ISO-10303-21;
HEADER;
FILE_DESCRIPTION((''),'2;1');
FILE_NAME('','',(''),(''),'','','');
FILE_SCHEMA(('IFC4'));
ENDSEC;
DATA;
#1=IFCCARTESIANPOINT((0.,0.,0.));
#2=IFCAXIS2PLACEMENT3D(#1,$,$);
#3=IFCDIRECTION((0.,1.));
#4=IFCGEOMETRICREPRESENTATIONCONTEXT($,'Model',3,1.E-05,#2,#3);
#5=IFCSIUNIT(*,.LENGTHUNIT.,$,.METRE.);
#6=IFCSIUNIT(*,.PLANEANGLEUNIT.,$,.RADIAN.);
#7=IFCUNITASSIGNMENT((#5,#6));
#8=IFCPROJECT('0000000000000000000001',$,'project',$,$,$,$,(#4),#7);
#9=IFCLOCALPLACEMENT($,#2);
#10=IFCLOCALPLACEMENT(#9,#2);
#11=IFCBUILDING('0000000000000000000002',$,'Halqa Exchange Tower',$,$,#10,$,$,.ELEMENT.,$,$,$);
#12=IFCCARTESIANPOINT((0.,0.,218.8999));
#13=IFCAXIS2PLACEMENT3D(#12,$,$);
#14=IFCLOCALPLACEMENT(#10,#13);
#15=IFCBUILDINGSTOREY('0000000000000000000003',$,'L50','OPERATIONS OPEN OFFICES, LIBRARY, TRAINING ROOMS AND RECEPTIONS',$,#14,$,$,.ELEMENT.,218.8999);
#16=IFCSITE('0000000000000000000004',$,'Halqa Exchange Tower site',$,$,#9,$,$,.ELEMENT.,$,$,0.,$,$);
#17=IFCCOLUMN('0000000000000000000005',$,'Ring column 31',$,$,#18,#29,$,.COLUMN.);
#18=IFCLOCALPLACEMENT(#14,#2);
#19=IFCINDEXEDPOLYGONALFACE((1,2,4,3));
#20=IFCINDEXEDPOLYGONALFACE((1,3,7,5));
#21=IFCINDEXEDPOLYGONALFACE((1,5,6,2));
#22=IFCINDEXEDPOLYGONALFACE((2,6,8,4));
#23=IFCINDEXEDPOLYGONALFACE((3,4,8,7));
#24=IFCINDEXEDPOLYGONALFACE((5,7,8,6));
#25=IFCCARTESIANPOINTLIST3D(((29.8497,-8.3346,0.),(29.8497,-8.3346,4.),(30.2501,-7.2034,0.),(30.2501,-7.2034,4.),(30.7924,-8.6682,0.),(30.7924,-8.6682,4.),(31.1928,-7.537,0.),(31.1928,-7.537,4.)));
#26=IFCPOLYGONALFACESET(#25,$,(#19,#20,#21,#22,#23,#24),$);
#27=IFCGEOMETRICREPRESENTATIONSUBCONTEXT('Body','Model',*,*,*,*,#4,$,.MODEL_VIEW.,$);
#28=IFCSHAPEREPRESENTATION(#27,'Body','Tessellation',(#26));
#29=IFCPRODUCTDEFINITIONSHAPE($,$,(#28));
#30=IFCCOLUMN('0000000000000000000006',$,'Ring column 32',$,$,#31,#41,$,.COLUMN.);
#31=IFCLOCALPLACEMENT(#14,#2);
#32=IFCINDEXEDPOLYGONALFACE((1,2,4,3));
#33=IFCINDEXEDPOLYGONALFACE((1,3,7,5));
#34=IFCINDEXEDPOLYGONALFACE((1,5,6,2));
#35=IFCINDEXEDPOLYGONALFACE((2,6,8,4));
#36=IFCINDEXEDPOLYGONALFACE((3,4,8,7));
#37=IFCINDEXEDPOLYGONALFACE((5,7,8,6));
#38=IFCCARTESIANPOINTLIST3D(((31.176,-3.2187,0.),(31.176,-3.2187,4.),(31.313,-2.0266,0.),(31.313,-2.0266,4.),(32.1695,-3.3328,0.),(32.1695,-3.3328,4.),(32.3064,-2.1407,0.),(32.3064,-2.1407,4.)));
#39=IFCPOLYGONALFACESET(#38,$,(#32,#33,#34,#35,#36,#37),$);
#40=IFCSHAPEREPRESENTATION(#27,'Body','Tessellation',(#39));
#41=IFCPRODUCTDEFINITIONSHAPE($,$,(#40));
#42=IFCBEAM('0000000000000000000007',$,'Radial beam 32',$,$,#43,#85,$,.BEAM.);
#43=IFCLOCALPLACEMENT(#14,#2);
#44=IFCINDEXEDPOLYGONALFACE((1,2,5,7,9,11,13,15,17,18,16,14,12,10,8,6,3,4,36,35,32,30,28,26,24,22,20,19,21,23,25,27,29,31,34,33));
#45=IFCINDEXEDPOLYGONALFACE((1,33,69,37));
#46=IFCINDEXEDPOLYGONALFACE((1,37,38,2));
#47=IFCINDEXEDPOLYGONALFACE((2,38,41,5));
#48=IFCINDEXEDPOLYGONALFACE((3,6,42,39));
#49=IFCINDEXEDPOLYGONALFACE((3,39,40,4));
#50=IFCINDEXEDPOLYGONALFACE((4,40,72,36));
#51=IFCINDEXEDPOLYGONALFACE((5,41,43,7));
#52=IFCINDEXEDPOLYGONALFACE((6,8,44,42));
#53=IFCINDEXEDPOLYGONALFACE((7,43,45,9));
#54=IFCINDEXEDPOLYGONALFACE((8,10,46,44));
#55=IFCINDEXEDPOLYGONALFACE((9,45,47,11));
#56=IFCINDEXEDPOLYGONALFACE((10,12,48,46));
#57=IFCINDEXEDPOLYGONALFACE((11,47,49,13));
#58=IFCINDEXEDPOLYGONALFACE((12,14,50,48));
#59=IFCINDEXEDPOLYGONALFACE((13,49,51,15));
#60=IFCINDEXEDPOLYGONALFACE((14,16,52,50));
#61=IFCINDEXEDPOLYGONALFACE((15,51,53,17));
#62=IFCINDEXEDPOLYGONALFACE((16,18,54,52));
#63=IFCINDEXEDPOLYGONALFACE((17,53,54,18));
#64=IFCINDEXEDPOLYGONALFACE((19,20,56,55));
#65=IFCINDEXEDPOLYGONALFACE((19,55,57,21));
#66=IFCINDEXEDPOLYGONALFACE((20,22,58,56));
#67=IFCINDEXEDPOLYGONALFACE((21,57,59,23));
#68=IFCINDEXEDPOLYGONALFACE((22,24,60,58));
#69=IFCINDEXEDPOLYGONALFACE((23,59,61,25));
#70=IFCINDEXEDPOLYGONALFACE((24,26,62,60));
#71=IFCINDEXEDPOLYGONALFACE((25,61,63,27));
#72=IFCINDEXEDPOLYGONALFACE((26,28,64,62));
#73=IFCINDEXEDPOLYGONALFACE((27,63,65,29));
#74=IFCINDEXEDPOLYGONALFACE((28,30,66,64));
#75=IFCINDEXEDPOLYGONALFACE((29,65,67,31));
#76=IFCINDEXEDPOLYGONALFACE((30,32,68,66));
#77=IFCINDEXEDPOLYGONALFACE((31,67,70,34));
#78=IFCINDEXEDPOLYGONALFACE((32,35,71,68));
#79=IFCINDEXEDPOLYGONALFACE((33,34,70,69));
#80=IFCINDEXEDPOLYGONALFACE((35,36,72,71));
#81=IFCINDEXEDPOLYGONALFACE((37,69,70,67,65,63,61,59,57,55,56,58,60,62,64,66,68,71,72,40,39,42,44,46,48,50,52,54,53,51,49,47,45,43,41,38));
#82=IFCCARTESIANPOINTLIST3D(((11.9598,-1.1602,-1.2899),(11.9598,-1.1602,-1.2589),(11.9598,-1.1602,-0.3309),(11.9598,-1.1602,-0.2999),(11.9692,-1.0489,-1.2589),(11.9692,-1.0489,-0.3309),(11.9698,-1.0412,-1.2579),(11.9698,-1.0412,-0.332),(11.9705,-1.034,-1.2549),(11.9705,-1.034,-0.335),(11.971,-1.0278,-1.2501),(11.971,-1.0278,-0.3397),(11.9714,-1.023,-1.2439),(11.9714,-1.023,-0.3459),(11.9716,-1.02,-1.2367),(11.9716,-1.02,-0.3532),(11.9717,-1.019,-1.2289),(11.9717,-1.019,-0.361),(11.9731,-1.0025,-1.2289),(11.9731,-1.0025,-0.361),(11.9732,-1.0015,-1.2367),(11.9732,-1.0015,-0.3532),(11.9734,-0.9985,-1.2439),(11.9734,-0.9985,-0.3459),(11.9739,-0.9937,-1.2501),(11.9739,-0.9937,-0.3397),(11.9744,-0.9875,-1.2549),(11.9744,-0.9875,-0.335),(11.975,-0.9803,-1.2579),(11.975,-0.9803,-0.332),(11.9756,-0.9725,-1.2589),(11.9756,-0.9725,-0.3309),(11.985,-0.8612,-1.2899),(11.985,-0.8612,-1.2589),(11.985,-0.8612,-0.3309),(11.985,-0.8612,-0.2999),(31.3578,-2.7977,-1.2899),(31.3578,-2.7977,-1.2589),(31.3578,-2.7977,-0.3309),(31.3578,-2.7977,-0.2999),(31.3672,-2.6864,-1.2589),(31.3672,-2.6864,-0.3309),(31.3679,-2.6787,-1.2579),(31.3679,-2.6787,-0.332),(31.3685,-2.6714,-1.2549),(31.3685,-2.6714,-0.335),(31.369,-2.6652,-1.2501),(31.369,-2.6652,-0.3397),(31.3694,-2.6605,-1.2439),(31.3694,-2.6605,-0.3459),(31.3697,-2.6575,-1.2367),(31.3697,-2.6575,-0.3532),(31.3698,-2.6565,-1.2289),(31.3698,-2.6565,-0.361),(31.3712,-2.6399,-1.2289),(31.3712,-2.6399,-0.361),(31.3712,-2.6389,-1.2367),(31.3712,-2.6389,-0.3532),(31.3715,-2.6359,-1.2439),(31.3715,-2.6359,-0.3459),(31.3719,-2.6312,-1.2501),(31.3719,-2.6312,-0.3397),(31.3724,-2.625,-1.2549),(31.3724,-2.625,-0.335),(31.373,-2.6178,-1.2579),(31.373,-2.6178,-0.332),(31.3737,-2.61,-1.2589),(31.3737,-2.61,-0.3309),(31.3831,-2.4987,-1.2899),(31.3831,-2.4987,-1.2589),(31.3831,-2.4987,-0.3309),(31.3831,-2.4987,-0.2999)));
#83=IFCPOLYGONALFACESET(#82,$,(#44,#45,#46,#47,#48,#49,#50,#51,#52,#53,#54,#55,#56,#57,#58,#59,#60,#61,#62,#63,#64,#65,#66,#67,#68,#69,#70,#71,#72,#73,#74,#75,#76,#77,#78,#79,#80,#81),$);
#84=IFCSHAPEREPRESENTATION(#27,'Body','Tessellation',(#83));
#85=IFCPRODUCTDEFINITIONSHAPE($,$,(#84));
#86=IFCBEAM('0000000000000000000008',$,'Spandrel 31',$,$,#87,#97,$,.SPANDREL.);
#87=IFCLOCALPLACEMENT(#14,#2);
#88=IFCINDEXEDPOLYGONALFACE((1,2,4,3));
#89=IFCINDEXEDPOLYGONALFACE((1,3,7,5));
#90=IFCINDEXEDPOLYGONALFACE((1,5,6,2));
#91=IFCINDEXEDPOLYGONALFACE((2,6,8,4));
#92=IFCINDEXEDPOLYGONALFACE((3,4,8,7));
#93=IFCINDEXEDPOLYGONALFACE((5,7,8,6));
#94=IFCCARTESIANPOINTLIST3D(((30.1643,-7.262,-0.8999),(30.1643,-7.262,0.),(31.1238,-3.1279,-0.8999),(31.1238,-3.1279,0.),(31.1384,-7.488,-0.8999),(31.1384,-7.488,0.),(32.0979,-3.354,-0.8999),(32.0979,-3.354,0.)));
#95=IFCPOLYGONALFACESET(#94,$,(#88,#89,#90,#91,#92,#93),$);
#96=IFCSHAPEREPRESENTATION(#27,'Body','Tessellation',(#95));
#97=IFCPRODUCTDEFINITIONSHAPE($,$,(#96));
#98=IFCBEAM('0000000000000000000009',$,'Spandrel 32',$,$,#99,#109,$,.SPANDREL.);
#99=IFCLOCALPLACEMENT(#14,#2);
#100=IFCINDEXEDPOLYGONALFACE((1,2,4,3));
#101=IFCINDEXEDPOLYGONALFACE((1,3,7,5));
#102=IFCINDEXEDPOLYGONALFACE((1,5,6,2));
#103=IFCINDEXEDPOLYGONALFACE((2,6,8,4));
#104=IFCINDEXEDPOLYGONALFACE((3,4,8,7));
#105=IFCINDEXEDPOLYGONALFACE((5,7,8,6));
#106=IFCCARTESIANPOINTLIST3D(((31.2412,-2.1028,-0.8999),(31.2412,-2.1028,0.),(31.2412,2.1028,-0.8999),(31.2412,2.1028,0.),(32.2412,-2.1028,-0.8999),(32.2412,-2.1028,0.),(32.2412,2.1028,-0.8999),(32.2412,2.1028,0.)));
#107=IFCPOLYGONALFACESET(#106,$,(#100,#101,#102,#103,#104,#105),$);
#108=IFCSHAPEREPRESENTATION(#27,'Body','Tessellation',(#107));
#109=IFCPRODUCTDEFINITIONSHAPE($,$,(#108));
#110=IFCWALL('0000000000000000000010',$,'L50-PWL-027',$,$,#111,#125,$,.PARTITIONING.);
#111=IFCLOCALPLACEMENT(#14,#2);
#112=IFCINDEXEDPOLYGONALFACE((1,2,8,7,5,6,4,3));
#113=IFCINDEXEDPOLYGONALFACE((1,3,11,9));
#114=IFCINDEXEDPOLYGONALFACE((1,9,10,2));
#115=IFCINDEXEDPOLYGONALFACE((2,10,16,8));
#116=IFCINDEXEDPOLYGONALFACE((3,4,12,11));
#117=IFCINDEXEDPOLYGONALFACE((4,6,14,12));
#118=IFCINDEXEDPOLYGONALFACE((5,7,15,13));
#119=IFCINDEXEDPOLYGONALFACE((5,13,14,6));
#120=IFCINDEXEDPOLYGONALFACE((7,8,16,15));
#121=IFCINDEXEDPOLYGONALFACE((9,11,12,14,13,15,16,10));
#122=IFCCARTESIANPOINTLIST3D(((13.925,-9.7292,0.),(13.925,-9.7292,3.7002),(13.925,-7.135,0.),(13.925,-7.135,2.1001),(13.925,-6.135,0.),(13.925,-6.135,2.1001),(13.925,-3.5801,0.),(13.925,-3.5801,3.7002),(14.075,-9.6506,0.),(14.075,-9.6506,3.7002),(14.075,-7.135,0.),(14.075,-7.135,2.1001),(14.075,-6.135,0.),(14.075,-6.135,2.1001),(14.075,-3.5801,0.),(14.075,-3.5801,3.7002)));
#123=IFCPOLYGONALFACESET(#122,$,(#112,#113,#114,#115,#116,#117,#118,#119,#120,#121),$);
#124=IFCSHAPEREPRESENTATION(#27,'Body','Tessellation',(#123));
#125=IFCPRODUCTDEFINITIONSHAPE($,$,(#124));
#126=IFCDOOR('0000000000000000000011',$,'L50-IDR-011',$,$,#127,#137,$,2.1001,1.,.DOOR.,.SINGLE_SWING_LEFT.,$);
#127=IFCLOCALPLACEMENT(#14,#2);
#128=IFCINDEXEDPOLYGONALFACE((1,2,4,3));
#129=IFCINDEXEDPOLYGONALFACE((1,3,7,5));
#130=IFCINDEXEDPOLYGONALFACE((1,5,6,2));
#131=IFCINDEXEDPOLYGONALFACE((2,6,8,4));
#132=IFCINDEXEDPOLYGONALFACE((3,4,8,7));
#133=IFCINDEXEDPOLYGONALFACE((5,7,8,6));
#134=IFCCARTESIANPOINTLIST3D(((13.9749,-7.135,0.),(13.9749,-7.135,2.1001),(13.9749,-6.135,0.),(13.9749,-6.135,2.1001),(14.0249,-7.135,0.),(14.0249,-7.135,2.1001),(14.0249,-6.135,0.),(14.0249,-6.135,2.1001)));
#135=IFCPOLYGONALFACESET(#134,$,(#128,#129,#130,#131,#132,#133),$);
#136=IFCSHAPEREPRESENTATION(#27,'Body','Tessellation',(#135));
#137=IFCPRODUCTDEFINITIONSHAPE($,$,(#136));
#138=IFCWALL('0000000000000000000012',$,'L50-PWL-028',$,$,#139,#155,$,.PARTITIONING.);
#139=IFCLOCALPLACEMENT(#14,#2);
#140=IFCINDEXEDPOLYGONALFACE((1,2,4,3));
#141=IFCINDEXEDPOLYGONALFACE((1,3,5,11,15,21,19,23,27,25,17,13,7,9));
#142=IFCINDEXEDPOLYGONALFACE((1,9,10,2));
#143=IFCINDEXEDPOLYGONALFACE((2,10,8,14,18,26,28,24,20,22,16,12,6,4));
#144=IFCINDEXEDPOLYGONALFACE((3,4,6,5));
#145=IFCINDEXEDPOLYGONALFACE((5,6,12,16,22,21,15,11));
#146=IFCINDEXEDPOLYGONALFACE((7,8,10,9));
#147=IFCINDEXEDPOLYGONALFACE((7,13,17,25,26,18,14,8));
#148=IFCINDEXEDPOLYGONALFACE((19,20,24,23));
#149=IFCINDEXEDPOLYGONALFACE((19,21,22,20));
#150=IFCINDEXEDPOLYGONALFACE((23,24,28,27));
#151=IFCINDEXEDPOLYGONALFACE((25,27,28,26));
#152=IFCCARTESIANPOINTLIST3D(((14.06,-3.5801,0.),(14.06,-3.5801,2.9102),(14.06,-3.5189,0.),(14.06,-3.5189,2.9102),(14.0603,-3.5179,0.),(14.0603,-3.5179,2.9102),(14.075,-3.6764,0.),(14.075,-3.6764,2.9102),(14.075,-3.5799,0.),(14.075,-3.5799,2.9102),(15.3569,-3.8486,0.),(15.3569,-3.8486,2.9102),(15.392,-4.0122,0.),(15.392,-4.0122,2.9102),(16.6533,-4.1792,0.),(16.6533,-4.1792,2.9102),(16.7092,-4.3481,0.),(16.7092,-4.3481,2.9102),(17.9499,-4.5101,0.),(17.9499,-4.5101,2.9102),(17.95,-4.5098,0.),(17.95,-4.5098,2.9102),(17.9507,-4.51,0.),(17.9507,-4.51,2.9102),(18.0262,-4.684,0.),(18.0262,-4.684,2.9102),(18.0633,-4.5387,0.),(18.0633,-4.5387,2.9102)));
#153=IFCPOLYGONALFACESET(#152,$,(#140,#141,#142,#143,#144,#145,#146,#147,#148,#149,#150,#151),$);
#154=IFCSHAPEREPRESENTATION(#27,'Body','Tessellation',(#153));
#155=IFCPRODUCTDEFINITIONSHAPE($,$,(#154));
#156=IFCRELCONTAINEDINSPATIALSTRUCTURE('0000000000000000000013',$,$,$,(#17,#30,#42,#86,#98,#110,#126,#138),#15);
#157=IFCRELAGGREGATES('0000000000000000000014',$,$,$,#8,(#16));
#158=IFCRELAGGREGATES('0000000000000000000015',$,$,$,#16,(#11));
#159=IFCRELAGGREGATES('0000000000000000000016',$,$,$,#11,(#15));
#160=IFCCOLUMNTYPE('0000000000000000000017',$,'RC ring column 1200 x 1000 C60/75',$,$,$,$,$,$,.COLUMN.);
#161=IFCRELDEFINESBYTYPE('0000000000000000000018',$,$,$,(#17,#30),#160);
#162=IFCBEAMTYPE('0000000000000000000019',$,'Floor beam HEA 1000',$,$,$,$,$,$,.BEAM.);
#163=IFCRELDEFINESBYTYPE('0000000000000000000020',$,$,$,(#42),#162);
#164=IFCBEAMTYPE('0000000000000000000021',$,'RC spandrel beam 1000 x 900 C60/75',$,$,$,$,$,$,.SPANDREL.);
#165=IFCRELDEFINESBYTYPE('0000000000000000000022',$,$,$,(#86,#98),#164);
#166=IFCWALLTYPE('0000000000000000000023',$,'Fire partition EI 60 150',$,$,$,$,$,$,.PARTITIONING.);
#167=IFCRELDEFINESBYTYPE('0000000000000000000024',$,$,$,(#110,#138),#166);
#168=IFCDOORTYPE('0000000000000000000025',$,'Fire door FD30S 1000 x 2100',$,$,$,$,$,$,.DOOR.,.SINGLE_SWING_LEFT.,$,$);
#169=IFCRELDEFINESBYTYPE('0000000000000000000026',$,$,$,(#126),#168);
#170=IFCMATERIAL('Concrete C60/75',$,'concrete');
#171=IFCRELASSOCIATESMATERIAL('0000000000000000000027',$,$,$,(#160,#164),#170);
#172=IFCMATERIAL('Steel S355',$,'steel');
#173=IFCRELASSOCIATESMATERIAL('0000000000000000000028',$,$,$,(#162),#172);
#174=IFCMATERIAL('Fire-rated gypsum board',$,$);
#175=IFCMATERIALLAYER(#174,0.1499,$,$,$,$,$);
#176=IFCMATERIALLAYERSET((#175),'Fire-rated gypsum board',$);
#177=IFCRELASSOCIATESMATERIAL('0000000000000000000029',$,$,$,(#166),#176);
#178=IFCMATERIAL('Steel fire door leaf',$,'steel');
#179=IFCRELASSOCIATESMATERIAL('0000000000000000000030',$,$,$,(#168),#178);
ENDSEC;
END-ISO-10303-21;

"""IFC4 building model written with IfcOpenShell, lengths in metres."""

from ifc_helpers import new_model, si_unit, direction, frame, frame_2d, origin, origin_2d, place, context, subcontext, project, spatial, polyline, rectangle, i_section, outline, extrude, material, layer, layer_set, material_profile, profile_set, type_object, element, fill, save


model = new_model("IFC4")

# Units and contexts
model_context = context("Model", 3, precision=1e-05, world=origin(), true_north=direction((0.0, 1.0)))
body_context = subcontext(model_context, "Body", "Model", "MODEL_VIEW")
ifc_project = project(units=[si_unit("LENGTHUNIT", "METRE"), si_unit("PLANEANGLEUNIT", "RADIAN")], contexts=[model_context])

# Site, building, storey
site_placement = place(None, origin())
site = spatial("IfcSite", under=ifc_project, at=site_placement, Name="Halqa Exchange Tower site", CompositionType="ELEMENT", RefElevation=0.0)
building_placement = place(site_placement, origin())
building = spatial("IfcBuilding", under=site, at=building_placement, Name="Halqa Exchange Tower", CompositionType="ELEMENT")
storey_placement = place(building_placement, frame((0.0, 0.0, 218.8999)))
storey = spatial("IfcBuildingStorey", under=building, at=storey_placement, Name="L50", Description="OPERATIONS OPEN OFFICES, LIBRARY, TRAINING ROOMS AND RECEPTIONS", CompositionType="ELEMENT", Elevation=218.8999)

# Columns
ifc_material_1 = material(Name="Concrete C60/75", Category="concrete")
ifc_material_profile_1 = material_profile(ifc_material_1, rectangle(XDim=1.2, YDim=1.0, at=origin_2d()), Name="1200 x 1000")
ifc_profile_set_1 = profile_set([ifc_material_profile_1], Name="Concrete C60/75")
column_type = type_object("IfcColumnType", Name="RC ring column 1200 x 1000 C60/75", PredefinedType="COLUMN", material=ifc_profile_set_1)
for number, where, z_axis, x_axis, name in (
    (1, (30.5212, -7.9358, 0.0), (0.0, 0.0, 1.0), (0.333626, 0.942706, 0.0), "Ring column 31"),
    (2, (31.7412, -2.6797, 0.0), (0.0, 0.0, 1.0), (0.114157, 0.993463, 0.0), "Ring column 32"),
):
    element("IfcColumn", number, at=place(storey_placement, frame(where, z_axis=z_axis, x_axis=x_axis)), inside=storey, type_object=column_type, Name=name, PredefinedType="COLUMN", context=body_context, shape_type="SweptSolid", body=[
        extrude(rectangle(XDim=1.2, YDim=1.0, at=origin_2d()), origin(), (0.0, 0.0, 1.0), 4.0),
    ])

# Beams
ifc_material_2 = material(Name="Steel S355", Category="steel")
ifc_material_profile_2 = material_profile(ifc_material_2, i_section(OverallWidth=0.3, OverallDepth=0.99, WebThickness=0.0166, FlangeThickness=0.031, FilletRadius=0.03, at=origin_2d()), Name="HEA 1000")
ifc_profile_set_2 = profile_set([ifc_material_profile_2], Name="Steel S355")
beam_type_1 = type_object("IfcBeamType", Name="Floor beam HEA 1000", PredefinedType="BEAM", material=ifc_profile_set_2)
beam_1_placement = place(storey_placement, frame((11.9724, -1.0107, -0.7949), z_axis=(0.996456, -0.084114, 0.0), x_axis=(0.084114, 0.996456, 0.0)))
element("IfcBeam", 3, at=beam_1_placement, inside=storey, type_object=beam_type_1, Name="Radial beam 32", PredefinedType="BEAM", context=body_context, shape_type="SweptSolid", body=[
    extrude(i_section(OverallWidth=0.3, OverallDepth=0.99, WebThickness=0.0166, FlangeThickness=0.031, FilletRadius=0.03, at=origin_2d()), origin(), (0.0, 0.0, 1.0), 19.467),
])
ifc_material_profile_3 = material_profile(ifc_material_1, rectangle(XDim=1.0, YDim=0.8999, at=origin_2d()), Name="1000 x 900")
ifc_profile_set_3 = profile_set([ifc_material_profile_3], Name="Concrete C60/75")
beam_type_2 = type_object("IfcBeamType", Name="RC spandrel beam 1000 x 900 C60/75", PredefinedType="SPANDREL", material=ifc_profile_set_3)
beam_2_placement = place(storey_placement, frame((30.6514, -7.375, -0.45), z_axis=(0.226082, 0.974108, 0.0), x_axis=(-0.974108, 0.226082, 0.0)))
element("IfcBeam", 4, at=beam_2_placement, inside=storey, type_object=beam_type_2, Name="Spandrel 31", PredefinedType="SPANDREL", context=body_context, shape_type="SweptSolid", body=[
    extrude(rectangle(XDim=1.0, YDim=0.8999, at=origin_2d()), origin(), (0.0, 0.0, 1.0), 4.2439),
])
beam_3_placement = place(storey_placement, frame((31.7412, -2.1028, -0.45), z_axis=(0.0, 1.0, 0.0), x_axis=(-1.0, 0.0, 0.0)))
element("IfcBeam", 5, at=beam_3_placement, inside=storey, type_object=beam_type_2, Name="Spandrel 32", PredefinedType="SPANDREL", context=body_context, shape_type="SweptSolid", body=[
    extrude(rectangle(XDim=1.0, YDim=0.8999, at=origin_2d()), origin(), (0.0, 0.0, 1.0), 4.2056),
])

# Shared definitions
ifc_material_3 = material(Name="Fire-rated gypsum board")
ifc_layer_1 = layer(ifc_material_3, 0.1499)
ifc_layer_set_1 = layer_set([ifc_layer_1], Name="Fire-rated gypsum board")
wall_type_1 = type_object("IfcWallType", Name="Fire partition EI 60 150", PredefinedType="PARTITIONING", material=ifc_layer_set_1)

# Wall, opening, door
wall_1_placement = place(storey_placement, frame((14.0, -3.5801, 0.0), z_axis=(0.0, 0.0, 1.0), x_axis=(0.0, -1.0, 0.0)))
wall_1 = element("IfcWall", 6, at=wall_1_placement, inside=storey, type_object=wall_type_1, Name="L50-PWL-027", PredefinedType="PARTITIONING", context=body_context, shape_type="SweptSolid", body=[
    extrude(outline(polyline([(6.1492, -0.075), (6.1492, -0.075), (6.0706, 0.075), (4.553, 0.075), (3.0354, 0.075), (1.5176, 0.075), (0.0, 0.075), (0.0, -0.075), (1.5374, -0.075), (3.0747, -0.075), (4.6118, -0.075), (6.1492, -0.075)])), origin(), (0.0, 0.0, 1.0), 3.7002),
])
opening_1_placement = place(wall_1_placement, frame((2.5549, 0.0, 0.0)))
opening_1 = element("IfcOpeningElement", 7, at=opening_1_placement, cuts=wall_1, PredefinedType="OPENING", context=body_context, shape_type="SweptSolid", body=[
    extrude(rectangle(XDim=1.0, YDim=2.1001, at=frame_2d((0.5, 1.05))), frame((0.0, 0.0869, 0.0), z_axis=(0.0, -1.0, 0.0), x_axis=(1.0, 0.0, 0.0)), (0.0, 0.0, 1.0), 0.1738),
])
ifc_material_4 = material(Name="Steel fire door leaf", Category="steel")
door_type_1 = type_object("IfcDoorType", Name="Fire door FD30S 1000 x 2100", OperationType="SINGLE_SWING_LEFT", PredefinedType="DOOR", material=ifc_material_4)
door_1_placement = place(opening_1_placement, origin())
door_1 = element("IfcDoor", 8, at=door_1_placement, inside=storey, type_object=door_type_1, Name="L50-IDR-011", OperationType="SINGLE_SWING_LEFT", OverallHeight=2.1001, OverallWidth=1.0, PredefinedType="DOOR", context=body_context, shape_type="SweptSolid", body=[
    extrude(rectangle(XDim=1.0, YDim=2.1001, at=frame_2d((0.5, 1.05))), frame((0.0, 0.0249, 0.0), z_axis=(0.0, -1.0, 0.0), x_axis=(1.0, 0.0, 0.0)), (0.0, 0.0, 1.0), 0.05),
])
fill(opening_1, door_1)

# Wall
wall_2_placement = place(storey_placement, frame((14.0417, -3.5906, 0.0), z_axis=(0.0, 0.0, 1.0), x_axis=(0.968992, -0.247094, 0.0)))
element("IfcWall", 9, at=wall_2_placement, inside=storey, type_object=wall_type_1, Name="L50-PWL-028", PredefinedType="PARTITIONING", context=body_context, shape_type="SweptSolid", body=[
    extrude(outline(polyline([(4.1311, 0.075), (4.0149, 0.075), (4.0142, 0.0747), (4.0142, 0.075), (2.676, 0.075), (1.3381, 0.075), (0.0, 0.075), (0.0, 0.074), (0.0151, 0.0146), (0.0295, 0.0186), (0.0535, -0.075), (1.4126, -0.075), (2.772, -0.075), (4.1311, -0.075), (4.1311, 0.075)])), origin(), (0.0, 0.0, 1.0), 2.9102),
])

save(model, "model.ifc")
